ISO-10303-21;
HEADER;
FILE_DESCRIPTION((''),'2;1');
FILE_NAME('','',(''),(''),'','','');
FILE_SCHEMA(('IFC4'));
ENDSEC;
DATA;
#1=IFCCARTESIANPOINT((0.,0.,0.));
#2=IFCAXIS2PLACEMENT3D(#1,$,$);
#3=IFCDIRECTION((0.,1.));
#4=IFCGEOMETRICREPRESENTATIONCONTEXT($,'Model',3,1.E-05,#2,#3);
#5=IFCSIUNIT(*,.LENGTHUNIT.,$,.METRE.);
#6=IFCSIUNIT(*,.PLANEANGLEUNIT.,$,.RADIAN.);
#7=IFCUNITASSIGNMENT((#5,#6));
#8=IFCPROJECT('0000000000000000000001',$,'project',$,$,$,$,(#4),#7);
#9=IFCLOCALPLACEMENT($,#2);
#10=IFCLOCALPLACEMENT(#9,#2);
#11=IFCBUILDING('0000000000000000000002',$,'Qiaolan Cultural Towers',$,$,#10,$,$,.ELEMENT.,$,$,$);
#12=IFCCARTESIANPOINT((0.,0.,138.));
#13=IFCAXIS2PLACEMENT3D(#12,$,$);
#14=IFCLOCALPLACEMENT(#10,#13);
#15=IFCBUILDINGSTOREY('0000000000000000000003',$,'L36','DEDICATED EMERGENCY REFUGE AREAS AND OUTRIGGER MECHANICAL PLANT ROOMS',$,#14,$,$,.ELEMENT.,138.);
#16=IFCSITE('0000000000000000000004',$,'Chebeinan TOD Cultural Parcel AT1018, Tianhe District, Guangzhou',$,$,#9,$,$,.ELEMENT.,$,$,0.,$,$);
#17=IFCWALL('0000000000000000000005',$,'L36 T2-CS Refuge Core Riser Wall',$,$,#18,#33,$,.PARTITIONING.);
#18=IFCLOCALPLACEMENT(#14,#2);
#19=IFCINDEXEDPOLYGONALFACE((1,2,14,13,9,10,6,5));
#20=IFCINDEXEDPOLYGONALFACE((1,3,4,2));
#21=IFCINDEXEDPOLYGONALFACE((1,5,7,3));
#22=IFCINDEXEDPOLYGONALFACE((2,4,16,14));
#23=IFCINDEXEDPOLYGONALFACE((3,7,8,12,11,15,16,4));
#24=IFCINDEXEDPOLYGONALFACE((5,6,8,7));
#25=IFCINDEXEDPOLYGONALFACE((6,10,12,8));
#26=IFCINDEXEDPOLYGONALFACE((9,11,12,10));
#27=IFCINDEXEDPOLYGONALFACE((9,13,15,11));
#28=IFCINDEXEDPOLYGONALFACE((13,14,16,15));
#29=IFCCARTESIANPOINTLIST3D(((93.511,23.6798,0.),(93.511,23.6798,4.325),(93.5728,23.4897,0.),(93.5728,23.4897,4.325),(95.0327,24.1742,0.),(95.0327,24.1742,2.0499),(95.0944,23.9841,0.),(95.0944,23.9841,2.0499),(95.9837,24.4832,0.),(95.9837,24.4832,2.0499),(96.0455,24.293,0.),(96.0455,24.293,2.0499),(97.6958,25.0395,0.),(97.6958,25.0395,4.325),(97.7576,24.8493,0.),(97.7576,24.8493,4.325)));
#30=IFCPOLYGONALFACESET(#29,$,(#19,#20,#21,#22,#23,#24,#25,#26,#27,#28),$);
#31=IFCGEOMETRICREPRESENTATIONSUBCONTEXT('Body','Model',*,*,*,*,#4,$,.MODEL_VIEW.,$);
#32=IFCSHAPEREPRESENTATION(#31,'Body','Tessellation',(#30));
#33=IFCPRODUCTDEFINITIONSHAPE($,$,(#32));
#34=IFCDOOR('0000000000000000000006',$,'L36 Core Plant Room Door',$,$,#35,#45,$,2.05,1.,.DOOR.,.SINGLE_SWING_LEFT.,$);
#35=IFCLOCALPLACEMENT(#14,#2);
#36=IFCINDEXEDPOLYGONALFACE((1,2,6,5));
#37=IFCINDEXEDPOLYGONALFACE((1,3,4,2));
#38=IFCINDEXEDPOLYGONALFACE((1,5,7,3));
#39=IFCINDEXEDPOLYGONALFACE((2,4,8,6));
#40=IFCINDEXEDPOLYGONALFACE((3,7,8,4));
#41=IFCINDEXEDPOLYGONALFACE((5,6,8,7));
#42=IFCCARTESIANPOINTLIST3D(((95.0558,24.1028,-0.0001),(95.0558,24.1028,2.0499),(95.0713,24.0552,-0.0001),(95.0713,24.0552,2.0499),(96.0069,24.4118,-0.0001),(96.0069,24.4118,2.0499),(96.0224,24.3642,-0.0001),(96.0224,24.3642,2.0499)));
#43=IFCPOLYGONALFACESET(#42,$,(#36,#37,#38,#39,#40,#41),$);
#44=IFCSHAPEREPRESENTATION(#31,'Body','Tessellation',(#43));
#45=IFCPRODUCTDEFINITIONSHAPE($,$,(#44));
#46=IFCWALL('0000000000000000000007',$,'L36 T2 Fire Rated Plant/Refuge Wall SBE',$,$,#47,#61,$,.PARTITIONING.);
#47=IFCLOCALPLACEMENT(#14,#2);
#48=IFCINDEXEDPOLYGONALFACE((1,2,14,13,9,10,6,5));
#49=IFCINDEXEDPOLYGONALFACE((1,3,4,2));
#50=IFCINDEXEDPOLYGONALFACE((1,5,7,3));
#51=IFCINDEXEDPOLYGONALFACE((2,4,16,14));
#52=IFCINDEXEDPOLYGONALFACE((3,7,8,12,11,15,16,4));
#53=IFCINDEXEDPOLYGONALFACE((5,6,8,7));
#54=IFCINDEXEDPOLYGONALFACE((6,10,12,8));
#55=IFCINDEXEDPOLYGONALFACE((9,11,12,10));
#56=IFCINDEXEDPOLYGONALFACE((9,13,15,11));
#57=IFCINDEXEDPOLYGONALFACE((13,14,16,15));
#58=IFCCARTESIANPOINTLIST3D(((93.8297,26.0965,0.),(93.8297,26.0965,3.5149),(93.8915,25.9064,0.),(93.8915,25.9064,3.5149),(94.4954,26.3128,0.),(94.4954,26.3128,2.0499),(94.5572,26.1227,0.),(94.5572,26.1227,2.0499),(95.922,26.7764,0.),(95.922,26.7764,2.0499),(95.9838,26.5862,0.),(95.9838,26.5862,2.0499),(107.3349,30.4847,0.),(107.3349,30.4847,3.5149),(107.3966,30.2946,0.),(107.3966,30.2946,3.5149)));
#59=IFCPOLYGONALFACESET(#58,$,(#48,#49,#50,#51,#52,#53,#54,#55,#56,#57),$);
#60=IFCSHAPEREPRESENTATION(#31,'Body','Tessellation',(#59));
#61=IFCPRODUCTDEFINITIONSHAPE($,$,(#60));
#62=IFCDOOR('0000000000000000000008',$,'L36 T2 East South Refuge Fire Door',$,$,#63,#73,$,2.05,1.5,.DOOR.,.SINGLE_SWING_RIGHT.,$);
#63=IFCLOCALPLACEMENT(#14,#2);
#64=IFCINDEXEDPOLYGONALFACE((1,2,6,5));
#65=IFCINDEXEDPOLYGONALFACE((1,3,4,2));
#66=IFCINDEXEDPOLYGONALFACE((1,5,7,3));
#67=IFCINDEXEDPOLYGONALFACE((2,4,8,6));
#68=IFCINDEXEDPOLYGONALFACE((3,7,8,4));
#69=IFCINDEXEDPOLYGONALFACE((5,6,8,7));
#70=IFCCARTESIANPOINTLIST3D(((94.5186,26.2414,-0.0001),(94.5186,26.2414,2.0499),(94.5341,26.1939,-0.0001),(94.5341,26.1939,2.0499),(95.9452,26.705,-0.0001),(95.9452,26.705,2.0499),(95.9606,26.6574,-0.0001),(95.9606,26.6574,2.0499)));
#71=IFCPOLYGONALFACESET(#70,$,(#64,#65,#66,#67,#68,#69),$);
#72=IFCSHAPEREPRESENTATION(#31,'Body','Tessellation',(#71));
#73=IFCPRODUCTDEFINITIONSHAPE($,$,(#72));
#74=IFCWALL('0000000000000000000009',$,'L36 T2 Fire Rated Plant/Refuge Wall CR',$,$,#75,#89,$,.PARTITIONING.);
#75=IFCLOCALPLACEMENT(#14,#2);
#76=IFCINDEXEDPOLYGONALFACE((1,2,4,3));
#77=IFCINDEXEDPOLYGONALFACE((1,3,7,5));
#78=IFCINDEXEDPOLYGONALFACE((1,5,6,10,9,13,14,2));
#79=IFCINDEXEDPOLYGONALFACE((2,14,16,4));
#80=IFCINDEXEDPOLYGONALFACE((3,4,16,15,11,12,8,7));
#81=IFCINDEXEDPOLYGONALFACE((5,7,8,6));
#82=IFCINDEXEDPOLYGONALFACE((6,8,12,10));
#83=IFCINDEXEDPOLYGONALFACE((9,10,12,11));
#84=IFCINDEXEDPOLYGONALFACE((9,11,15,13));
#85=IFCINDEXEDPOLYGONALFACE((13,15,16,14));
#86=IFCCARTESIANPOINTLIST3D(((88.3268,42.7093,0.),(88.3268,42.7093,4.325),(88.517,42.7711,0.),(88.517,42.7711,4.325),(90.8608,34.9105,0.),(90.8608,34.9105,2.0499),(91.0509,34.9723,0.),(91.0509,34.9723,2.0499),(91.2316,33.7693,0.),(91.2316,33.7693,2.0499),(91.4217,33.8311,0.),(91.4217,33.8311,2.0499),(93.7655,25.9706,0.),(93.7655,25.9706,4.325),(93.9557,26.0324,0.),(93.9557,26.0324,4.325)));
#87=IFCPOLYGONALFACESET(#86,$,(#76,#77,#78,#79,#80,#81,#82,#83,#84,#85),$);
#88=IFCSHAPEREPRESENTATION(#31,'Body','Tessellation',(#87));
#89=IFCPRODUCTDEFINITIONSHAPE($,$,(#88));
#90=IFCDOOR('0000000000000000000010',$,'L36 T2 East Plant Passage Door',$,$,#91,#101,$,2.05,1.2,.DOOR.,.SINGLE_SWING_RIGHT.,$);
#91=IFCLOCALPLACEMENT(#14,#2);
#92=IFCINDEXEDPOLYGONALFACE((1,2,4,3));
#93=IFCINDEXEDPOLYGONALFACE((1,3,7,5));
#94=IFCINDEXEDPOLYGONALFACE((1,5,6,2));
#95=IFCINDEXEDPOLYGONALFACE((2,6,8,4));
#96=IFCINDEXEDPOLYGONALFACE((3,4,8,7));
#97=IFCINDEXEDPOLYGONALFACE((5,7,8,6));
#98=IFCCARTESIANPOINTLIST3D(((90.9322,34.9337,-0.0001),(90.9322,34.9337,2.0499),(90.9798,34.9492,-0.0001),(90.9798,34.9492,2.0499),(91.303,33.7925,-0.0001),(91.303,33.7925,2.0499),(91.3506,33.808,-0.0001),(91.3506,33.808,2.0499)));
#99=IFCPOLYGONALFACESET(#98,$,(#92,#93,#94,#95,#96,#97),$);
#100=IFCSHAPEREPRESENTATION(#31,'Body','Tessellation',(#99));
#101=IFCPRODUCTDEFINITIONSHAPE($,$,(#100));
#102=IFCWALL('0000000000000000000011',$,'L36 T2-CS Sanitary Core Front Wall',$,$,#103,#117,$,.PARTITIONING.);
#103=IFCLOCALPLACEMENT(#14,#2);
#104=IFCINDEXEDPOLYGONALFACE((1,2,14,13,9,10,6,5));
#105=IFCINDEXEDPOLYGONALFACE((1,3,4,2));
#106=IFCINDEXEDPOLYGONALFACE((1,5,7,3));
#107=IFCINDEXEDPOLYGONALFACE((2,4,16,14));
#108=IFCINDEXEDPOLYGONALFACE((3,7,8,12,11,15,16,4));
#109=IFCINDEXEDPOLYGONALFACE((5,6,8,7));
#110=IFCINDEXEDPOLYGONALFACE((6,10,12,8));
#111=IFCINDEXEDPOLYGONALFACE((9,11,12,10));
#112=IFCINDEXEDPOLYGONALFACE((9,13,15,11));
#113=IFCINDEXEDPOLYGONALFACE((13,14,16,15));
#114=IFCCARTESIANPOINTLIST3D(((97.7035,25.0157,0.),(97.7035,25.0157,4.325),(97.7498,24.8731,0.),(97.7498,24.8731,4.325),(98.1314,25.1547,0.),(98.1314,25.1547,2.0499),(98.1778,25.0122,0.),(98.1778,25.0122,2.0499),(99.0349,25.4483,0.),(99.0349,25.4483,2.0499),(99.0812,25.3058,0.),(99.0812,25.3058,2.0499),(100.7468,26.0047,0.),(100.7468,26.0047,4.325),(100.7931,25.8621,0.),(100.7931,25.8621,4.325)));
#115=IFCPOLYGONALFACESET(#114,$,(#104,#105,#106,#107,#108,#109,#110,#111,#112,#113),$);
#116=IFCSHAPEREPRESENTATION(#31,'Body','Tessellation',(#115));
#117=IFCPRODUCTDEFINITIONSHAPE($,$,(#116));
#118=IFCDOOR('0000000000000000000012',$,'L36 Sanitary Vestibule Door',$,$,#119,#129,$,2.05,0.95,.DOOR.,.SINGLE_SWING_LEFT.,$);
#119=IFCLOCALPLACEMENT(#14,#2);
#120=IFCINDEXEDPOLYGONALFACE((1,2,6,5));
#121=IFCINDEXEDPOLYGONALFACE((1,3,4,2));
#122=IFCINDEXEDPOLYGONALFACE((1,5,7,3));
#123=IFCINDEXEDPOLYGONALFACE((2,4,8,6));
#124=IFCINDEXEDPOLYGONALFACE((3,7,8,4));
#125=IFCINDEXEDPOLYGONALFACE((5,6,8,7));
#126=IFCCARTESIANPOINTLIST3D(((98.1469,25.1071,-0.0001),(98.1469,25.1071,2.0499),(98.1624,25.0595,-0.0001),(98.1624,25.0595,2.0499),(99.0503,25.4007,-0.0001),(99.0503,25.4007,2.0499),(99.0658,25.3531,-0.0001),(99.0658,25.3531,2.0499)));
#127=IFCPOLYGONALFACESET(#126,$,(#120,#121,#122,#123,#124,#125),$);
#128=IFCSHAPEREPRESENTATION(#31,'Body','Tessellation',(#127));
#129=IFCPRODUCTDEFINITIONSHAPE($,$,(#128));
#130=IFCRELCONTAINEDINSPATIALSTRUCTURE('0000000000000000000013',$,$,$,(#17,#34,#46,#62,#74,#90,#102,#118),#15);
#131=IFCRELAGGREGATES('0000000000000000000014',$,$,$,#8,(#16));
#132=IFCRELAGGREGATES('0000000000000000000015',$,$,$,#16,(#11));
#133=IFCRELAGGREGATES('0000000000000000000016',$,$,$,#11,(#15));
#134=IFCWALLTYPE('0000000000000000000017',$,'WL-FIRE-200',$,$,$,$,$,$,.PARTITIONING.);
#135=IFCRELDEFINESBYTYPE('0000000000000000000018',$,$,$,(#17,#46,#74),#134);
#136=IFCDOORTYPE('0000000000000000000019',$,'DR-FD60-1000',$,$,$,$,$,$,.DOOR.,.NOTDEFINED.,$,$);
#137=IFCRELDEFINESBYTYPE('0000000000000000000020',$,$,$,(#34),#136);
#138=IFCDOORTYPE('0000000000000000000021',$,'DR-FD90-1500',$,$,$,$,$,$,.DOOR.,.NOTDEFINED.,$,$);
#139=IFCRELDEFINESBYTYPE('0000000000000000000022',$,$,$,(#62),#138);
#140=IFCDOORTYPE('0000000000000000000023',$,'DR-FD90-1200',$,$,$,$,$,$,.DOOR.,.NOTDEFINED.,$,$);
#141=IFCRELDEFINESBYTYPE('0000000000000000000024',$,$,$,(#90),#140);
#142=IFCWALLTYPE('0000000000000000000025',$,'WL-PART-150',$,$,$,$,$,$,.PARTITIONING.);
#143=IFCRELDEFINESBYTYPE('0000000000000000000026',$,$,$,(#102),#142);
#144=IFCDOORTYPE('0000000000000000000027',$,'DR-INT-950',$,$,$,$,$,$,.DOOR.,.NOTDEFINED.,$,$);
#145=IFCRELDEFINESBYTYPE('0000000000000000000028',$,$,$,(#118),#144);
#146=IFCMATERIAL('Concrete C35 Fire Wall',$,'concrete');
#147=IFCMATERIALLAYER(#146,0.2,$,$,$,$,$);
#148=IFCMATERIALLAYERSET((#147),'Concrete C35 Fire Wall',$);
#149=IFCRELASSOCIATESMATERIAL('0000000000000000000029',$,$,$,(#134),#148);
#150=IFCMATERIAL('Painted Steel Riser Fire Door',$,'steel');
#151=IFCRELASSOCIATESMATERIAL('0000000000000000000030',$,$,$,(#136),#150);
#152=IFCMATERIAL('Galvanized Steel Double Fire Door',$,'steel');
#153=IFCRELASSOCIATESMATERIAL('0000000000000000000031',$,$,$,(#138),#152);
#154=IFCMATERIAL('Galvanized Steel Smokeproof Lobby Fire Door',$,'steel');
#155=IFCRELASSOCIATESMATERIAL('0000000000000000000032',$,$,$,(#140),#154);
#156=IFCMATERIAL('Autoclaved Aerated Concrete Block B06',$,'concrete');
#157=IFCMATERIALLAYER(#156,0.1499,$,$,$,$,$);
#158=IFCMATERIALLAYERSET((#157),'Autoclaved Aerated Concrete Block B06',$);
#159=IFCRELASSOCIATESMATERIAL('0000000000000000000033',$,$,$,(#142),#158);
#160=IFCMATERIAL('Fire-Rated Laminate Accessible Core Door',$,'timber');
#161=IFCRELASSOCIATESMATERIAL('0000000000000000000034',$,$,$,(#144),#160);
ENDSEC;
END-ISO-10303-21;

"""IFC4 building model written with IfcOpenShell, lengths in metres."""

from ifc_helpers import new_model, si_unit, direction, frame, frame_2d, origin, place, context, subcontext, project, spatial, rectangle, extrude, material, layer, layer_set, type_object, element, fill, save


model = new_model("IFC4")

# Units and contexts
model_context = context("Model", 3, precision=1e-05, world=origin(), true_north=direction((0.0, 1.0)))
body_context = subcontext(model_context, "Body", "Model", "MODEL_VIEW")
ifc_project = project(units=[si_unit("LENGTHUNIT", "METRE"), si_unit("PLANEANGLEUNIT", "RADIAN")], contexts=[model_context])

# Site, building, storey
site_placement = place(None, origin())
site = spatial("IfcSite", under=ifc_project, at=site_placement, Name="Chebeinan TOD Cultural Parcel AT1018, Tianhe District, Guangzhou", CompositionType="ELEMENT", RefElevation=0.0)
building_placement = place(site_placement, origin())
building = spatial("IfcBuilding", under=site, at=building_placement, Name="Qiaolan Cultural Towers", CompositionType="ELEMENT")
storey_placement = place(building_placement, frame((0.0, 0.0, 138.0)))
storey = spatial("IfcBuildingStorey", under=building, at=storey_placement, Name="L36", Description="DEDICATED EMERGENCY REFUGE AREAS AND OUTRIGGER MECHANICAL PLANT ROOMS", CompositionType="ELEMENT", Elevation=138.0)

# Shared definitions
ifc_material_1 = material(Name="Concrete C35 Fire Wall", Category="concrete")
ifc_layer_1 = layer(ifc_material_1, 0.2)
ifc_layer_set_1 = layer_set([ifc_layer_1], Name="Concrete C35 Fire Wall")
wall_type_1 = type_object("IfcWallType", Name="WL-FIRE-200", PredefinedType="PARTITIONING", material=ifc_layer_set_1)

# Walls, openings, doors
wall_1_placement = place(storey_placement, frame((93.5417, 23.5847, 0.0), z_axis=(0.0, 0.0, 1.0), x_axis=(0.951064, 0.308994, 0.0)))
wall_1 = element("IfcWall", 1, at=wall_1_placement, inside=storey, type_object=wall_type_1, Name="L36 T2-CS Refuge Core Riser Wall", PredefinedType="PARTITIONING", context=body_context, shape_type="SweptSolid", body=[
    extrude(rectangle(XDim=4.4001, YDim=0.2, at=frame_2d((2.2002, 0.0))), origin(), (0.0, 0.0, 1.0), 4.325),
])
opening_1_placement = place(wall_1_placement, frame((1.6001, 0.0, 0.0)))
opening_1 = element("IfcOpeningElement", 2, at=opening_1_placement, cuts=wall_1, PredefinedType="OPENING", context=body_context, shape_type="SweptSolid", body=[
    extrude(rectangle(XDim=1.0, YDim=2.05, at=frame_2d((0.5, 1.0249))), frame((0.0, 0.1099, 0.0), z_axis=(0.0, -1.0, 0.0), x_axis=(1.0, 0.0, 0.0)), (0.0, 0.0, 1.0), 0.22),
])
ifc_material_2 = material(Name="Painted Steel Riser Fire Door", Category="steel")
door_type_1 = type_object("IfcDoorType", Name="DR-FD60-1000", OperationType="NOTDEFINED", PredefinedType="DOOR", material=ifc_material_2)
door_1_placement = place(opening_1_placement, origin())
door_1 = element("IfcDoor", 3, at=door_1_placement, inside=storey, type_object=door_type_1, Name="L36 Core Plant Room Door", OperationType="SINGLE_SWING_LEFT", OverallHeight=2.05, OverallWidth=1.0, PredefinedType="DOOR", context=body_context, shape_type="SweptSolid", body=[
    extrude(rectangle(XDim=1.0, YDim=2.05, at=frame_2d((0.5, 1.0249))), frame((0.0, 0.0249, 0.0), z_axis=(0.0, -1.0, 0.0), x_axis=(1.0, 0.0, 0.0)), (0.0, 0.0, 1.0), 0.05),
])
fill(opening_1, door_1)
wall_2_placement = place(storey_placement, frame((93.8606, 26.0015, 0.0), z_axis=(0.0, 0.0, 1.0), x_axis=(0.951054, 0.309023, 0.0)))
wall_2 = element("IfcWall", 4, at=wall_2_placement, inside=storey, type_object=wall_type_1, Name="L36 T2 Fire Rated Plant/Refuge Wall SBE", PredefinedType="PARTITIONING", context=body_context, shape_type="SweptSolid", body=[
    extrude(rectangle(XDim=14.2002, YDim=0.2, at=frame_2d((7.1001, 0.0))), origin(), (0.0, 0.0, 1.0), 3.5149),
])
opening_2_placement = place(wall_2_placement, frame((0.7, 0.0, 0.0)))
opening_2 = element("IfcOpeningElement", 5, at=opening_2_placement, cuts=wall_2, PredefinedType="OPENING", context=body_context, shape_type="SweptSolid", body=[
    extrude(rectangle(XDim=1.5, YDim=2.05, at=frame_2d((0.75, 1.0249))), frame((0.0, 0.1099, 0.0), z_axis=(0.0, -1.0, 0.0), x_axis=(1.0, 0.0, 0.0)), (0.0, 0.0, 1.0), 0.22),
])
ifc_material_3 = material(Name="Galvanized Steel Double Fire Door", Category="steel")
door_type_2 = type_object("IfcDoorType", Name="DR-FD90-1500", OperationType="NOTDEFINED", PredefinedType="DOOR", material=ifc_material_3)
door_2_placement = place(opening_2_placement, origin())
door_2 = element("IfcDoor", 6, at=door_2_placement, inside=storey, type_object=door_type_2, Name="L36 T2 East South Refuge Fire Door", OperationType="SINGLE_SWING_RIGHT", OverallHeight=2.05, OverallWidth=1.5, PredefinedType="DOOR", context=body_context, shape_type="SweptSolid", body=[
    extrude(rectangle(XDim=1.5, YDim=2.05, at=frame_2d((0.75, 1.0249))), frame((0.0, 0.0249, 0.0), z_axis=(0.0, -1.0, 0.0), x_axis=(1.0, 0.0, 0.0)), (0.0, 0.0, 1.0), 0.05),
])
fill(opening_2, door_2)
wall_3_placement = place(storey_placement, frame((93.8606, 26.0015, 0.0), z_axis=(0.0, 0.0, 1.0), x_axis=(-0.309015, 0.951057, 0.0)))
wall_3 = element("IfcWall", 7, at=wall_3_placement, inside=storey, type_object=wall_type_1, Name="L36 T2 Fire Rated Plant/Refuge Wall CR", PredefinedType="PARTITIONING", context=body_context, shape_type="SweptSolid", body=[
    extrude(rectangle(XDim=17.6001, YDim=0.2, at=frame_2d((8.8, 0.0))), origin(), (0.0, 0.0, 1.0), 4.325),
])
opening_3_placement = place(wall_3_placement, frame((8.2, 0.0, 0.0)))
opening_3 = element("IfcOpeningElement", 8, at=opening_3_placement, cuts=wall_3, PredefinedType="OPENING", context=body_context, shape_type="SweptSolid", body=[
    extrude(rectangle(XDim=1.2, YDim=2.05, at=frame_2d((0.6001, 1.0249))), frame((0.0, 0.1099, 0.0), z_axis=(0.0, -1.0, 0.0), x_axis=(1.0, 0.0, 0.0)), (0.0, 0.0, 1.0), 0.22),
])
ifc_material_4 = material(Name="Galvanized Steel Smokeproof Lobby Fire Door", Category="steel")
door_type_3 = type_object("IfcDoorType", Name="DR-FD90-1200", OperationType="NOTDEFINED", PredefinedType="DOOR", material=ifc_material_4)
door_3_placement = place(opening_3_placement, origin())
door_3 = element("IfcDoor", 9, at=door_3_placement, inside=storey, type_object=door_type_3, Name="L36 T2 East Plant Passage Door", OperationType="SINGLE_SWING_RIGHT", OverallHeight=2.05, OverallWidth=1.2, PredefinedType="DOOR", context=body_context, shape_type="SweptSolid", body=[
    extrude(rectangle(XDim=1.2, YDim=2.05, at=frame_2d((0.6001, 1.0249))), frame((0.0, 0.0249, 0.0), z_axis=(0.0, -1.0, 0.0), x_axis=(1.0, 0.0, 0.0)), (0.0, 0.0, 1.0), 0.05),
])
fill(opening_3, door_3)
ifc_material_5 = material(Name="Autoclaved Aerated Concrete Block B06", Category="concrete")
ifc_layer_2 = layer(ifc_material_5, 0.1499)
ifc_layer_set_2 = layer_set([ifc_layer_2], Name="Autoclaved Aerated Concrete Block B06")
wall_type_2 = type_object("IfcWallType", Name="WL-PART-150", PredefinedType="PARTITIONING", material=ifc_layer_set_2)
wall_4_placement = place(storey_placement, frame((97.7266, 24.9443, 0.0), z_axis=(0.0, 0.0, 1.0), x_axis=(0.951037, 0.309077, 0.0)))
wall_4 = element("IfcWall", 10, at=wall_4_placement, inside=storey, type_object=wall_type_2, Name="L36 T2-CS Sanitary Core Front Wall", PredefinedType="PARTITIONING", context=body_context, shape_type="SweptSolid", body=[
    extrude(rectangle(XDim=3.2, YDim=0.1499, at=frame_2d((1.6001, 0.0))), origin(), (0.0, 0.0, 1.0), 4.325),
])
opening_4_placement = place(wall_4_placement, frame((0.45, 0.0, 0.0)))
opening_4 = element("IfcOpeningElement", 11, at=opening_4_placement, cuts=wall_4, PredefinedType="OPENING", context=body_context, shape_type="SweptSolid", body=[
    extrude(rectangle(XDim=0.95, YDim=2.05, at=frame_2d((0.4751, 1.0249))), frame((0.0, 0.085, 0.0), z_axis=(0.0, -1.0, 0.0), x_axis=(1.0, 0.0, 0.0)), (0.0, 0.0, 1.0), 0.1699),
])
ifc_material_6 = material(Name="Fire-Rated Laminate Accessible Core Door", Category="timber")
door_type_4 = type_object("IfcDoorType", Name="DR-INT-950", OperationType="NOTDEFINED", PredefinedType="DOOR", material=ifc_material_6)
door_4_placement = place(opening_4_placement, origin())
door_4 = element("IfcDoor", 12, at=door_4_placement, inside=storey, type_object=door_type_4, Name="L36 Sanitary Vestibule Door", OperationType="SINGLE_SWING_LEFT", OverallHeight=2.05, OverallWidth=0.95, PredefinedType="DOOR", context=body_context, shape_type="SweptSolid", body=[
    extrude(rectangle(XDim=0.95, YDim=2.05, at=frame_2d((0.4751, 1.0249))), frame((0.0, 0.0249, 0.0), z_axis=(0.0, -1.0, 0.0), x_axis=(1.0, 0.0, 0.0)), (0.0, 0.0, 1.0), 0.05),
])
fill(opening_4, door_4)

save(model, "model.ifc")
